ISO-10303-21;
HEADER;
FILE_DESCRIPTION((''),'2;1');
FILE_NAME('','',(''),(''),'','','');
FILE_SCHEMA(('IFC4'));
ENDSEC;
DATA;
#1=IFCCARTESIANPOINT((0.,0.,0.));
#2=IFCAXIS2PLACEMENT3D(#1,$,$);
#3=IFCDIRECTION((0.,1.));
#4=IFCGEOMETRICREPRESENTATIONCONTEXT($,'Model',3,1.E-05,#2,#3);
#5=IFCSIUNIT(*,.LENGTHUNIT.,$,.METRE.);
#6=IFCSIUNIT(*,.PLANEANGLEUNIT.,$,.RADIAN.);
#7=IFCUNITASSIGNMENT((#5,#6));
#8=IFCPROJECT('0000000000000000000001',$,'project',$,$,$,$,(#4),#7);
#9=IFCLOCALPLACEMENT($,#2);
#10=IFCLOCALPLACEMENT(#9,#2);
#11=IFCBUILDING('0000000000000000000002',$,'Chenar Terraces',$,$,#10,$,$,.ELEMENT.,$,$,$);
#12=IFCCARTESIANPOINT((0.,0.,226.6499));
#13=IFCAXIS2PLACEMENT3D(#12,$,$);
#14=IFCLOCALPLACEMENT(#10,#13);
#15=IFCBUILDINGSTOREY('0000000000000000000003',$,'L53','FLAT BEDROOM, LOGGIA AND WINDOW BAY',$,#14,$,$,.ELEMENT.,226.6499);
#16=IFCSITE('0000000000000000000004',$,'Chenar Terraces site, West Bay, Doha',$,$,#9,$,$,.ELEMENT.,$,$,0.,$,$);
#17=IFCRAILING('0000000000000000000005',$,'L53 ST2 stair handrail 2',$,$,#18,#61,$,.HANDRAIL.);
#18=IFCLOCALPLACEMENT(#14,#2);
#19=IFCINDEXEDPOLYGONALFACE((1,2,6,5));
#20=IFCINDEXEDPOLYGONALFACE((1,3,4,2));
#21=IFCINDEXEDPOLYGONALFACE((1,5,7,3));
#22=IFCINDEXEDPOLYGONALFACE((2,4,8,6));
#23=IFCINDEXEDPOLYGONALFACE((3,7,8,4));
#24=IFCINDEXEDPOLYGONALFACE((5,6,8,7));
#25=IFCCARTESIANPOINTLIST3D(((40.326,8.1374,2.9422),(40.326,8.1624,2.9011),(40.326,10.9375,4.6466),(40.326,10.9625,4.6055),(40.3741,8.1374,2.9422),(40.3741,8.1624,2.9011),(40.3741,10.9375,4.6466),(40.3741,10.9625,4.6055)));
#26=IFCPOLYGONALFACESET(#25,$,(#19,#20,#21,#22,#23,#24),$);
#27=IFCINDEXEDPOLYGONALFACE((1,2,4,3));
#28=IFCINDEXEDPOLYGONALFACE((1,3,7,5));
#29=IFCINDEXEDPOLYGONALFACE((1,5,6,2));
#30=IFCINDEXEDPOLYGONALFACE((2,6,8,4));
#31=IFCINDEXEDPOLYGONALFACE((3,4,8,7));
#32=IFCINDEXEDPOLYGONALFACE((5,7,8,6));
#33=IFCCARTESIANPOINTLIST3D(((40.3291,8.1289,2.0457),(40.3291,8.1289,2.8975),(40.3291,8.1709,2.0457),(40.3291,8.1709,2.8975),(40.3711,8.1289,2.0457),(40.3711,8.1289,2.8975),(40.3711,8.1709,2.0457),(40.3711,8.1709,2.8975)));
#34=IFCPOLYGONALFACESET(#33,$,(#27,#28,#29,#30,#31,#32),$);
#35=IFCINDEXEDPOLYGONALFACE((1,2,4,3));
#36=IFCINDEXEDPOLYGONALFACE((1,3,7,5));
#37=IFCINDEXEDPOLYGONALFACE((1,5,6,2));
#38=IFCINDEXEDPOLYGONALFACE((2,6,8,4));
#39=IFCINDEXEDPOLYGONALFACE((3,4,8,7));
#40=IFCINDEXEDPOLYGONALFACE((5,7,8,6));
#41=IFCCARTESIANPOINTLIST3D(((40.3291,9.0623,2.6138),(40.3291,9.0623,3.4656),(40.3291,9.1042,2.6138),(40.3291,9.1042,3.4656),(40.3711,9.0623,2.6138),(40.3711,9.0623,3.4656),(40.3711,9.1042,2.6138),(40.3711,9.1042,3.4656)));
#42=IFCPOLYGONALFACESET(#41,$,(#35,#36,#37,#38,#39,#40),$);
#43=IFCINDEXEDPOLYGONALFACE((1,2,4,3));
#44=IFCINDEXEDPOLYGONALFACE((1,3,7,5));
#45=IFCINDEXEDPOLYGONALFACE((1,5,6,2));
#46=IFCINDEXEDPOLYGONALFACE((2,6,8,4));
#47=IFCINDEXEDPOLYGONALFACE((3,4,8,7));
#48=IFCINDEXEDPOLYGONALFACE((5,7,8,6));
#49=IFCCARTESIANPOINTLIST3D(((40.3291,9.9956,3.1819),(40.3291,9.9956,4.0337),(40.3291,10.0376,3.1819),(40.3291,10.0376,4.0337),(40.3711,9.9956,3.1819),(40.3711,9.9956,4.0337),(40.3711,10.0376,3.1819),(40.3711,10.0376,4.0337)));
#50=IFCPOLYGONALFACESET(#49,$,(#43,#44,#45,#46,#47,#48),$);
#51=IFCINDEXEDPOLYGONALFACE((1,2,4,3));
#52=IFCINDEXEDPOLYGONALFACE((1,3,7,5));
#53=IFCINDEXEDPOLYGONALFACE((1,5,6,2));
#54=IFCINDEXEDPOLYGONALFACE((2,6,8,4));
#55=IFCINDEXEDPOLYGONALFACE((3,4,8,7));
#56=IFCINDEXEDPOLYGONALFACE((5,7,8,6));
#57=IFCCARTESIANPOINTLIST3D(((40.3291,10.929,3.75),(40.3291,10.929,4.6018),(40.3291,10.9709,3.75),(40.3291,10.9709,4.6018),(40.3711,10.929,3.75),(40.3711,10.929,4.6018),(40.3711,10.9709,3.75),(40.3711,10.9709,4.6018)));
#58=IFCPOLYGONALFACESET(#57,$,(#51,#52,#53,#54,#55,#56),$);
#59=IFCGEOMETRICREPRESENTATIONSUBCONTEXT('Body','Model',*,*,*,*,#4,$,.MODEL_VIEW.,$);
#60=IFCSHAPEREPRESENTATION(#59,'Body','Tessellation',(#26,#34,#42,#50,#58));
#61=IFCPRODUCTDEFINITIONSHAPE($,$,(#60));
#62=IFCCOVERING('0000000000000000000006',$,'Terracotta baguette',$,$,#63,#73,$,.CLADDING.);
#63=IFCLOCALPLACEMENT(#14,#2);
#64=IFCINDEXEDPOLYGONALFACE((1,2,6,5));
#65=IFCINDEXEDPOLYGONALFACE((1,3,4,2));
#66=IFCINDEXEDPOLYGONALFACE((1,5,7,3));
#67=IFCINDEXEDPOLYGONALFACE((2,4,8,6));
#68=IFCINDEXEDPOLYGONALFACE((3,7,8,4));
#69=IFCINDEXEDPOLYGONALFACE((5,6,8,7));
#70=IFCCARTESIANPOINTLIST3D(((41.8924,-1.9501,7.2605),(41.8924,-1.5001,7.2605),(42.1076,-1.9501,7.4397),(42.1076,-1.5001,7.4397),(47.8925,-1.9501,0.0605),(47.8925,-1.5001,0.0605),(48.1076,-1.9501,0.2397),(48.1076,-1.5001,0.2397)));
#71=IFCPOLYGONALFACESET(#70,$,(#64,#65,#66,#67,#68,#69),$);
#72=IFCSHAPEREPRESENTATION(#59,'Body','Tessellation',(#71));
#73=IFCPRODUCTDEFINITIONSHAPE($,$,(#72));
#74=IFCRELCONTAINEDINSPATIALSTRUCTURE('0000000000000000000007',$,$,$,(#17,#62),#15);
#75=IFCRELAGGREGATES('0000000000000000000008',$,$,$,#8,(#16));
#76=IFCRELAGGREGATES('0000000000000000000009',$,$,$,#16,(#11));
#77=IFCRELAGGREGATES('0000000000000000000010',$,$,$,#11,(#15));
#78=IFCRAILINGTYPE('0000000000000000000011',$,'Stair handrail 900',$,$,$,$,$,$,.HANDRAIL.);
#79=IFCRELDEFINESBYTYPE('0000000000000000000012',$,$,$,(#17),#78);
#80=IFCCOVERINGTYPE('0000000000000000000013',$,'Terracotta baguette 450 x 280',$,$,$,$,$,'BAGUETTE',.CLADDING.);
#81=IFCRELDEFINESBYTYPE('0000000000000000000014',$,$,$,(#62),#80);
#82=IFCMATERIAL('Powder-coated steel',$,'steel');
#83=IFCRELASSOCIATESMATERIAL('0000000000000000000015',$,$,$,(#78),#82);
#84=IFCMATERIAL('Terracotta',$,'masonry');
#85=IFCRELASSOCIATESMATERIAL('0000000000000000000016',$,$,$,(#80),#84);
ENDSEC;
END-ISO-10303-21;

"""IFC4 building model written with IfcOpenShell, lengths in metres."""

from ifc_helpers import new_model, si_unit, direction, frame, origin, origin_2d, place, context, subcontext, project, spatial, rectangle, extrude, material, material_profile, profile_set, type_object, element, save


model = new_model("IFC4")

# Units and contexts
model_context = context("Model", 3, precision=1e-05, world=origin(), true_north=direction((0.0, 1.0)))
body_context = subcontext(model_context, "Body", "Model", "MODEL_VIEW")
ifc_project = project(units=[si_unit("LENGTHUNIT", "METRE"), si_unit("PLANEANGLEUNIT", "RADIAN")], contexts=[model_context])

# Site, building, storey
site_placement = place(None, origin())
site = spatial("IfcSite", under=ifc_project, at=site_placement, Name="Chenar Terraces site, West Bay, Doha", CompositionType="ELEMENT", RefElevation=0.0)
building_placement = place(site_placement, origin())
building = spatial("IfcBuilding", under=site, at=building_placement, Name="Chenar Terraces", CompositionType="ELEMENT")
storey_placement = place(building_placement, frame((0.0, 0.0, 226.6499)))
storey = spatial("IfcBuildingStorey", under=building, at=storey_placement, Name="L53", Description="FLAT BEDROOM, LOGGIA AND WINDOW BAY", CompositionType="ELEMENT", Elevation=226.6499)

# Railing
ifc_material_1 = material(Name="Powder-coated steel", Category="steel")
railing_type_1 = type_object("IfcRailingType", Name="Stair handrail 900", PredefinedType="HANDRAIL", material=ifc_material_1)
railing_1_placement = place(storey_placement, frame((40.3501, 8.1499, 2.0457)))
element("IfcRailing", 1, at=railing_1_placement, inside=storey, type_object=railing_type_1, Name="L53 ST2 stair handrail 2", PredefinedType="HANDRAIL", context=body_context, shape_type="SweptSolid", body=[
    extrude(rectangle(XDim=0.0481, YDim=0.0481, at=origin_2d()), frame((0.0, 0.0, 0.876), z_axis=(0.0, 0.854203, 0.51994), x_axis=(-1.0, 0.0, 0.0)), (0.0, 0.0, 1.0), 3.2781),
    extrude(rectangle(XDim=0.042, YDim=0.042, at=origin_2d()), origin(), (0.0, 0.0, 1.0), 0.8518),
    extrude(rectangle(XDim=0.042, YDim=0.042, at=origin_2d()), frame((0.0, 0.9333, 0.5681)), (0.0, 0.0, 1.0), 0.8518),
    extrude(rectangle(XDim=0.042, YDim=0.042, at=origin_2d()), frame((0.0, 1.8667, 1.1362)), (0.0, 0.0, 1.0), 0.8518),
    extrude(rectangle(XDim=0.042, YDim=0.042, at=origin_2d()), frame((0.0, 2.8, 1.7043)), (0.0, 0.0, 1.0), 0.8518),
])

# Covering
ifc_material_2 = material(Name="Terracotta", Category="masonry")
ifc_material_profile_1 = material_profile(ifc_material_2, rectangle(XDim=0.45, YDim=0.28, at=origin_2d()), Name="Terracotta baguette 450 x 280")
ifc_profile_set_1 = profile_set([ifc_material_profile_1], Name="Terracotta")
covering_type = type_object("IfcCoveringType", Name="Terracotta baguette 450 x 280", ElementType="BAGUETTE", PredefinedType="CLADDING", material=ifc_profile_set_1)
covering_placement = place(storey_placement, frame((42.0, -1.7251, 7.3501), z_axis=(0.640187, 0.0, -0.768219), x_axis=(0.0, 1.0, 0.0)))
element("IfcCovering", 2, at=covering_placement, inside=storey, type_object=covering_type, Name="Terracotta baguette", PredefinedType="CLADDING", context=body_context, shape_type="SweptSolid", body=[
    extrude(rectangle(XDim=0.45, YDim=0.28, at=origin_2d()), origin(), (0.0, 0.0, 1.0), 9.3723),
])

save(model, "model.ifc")
